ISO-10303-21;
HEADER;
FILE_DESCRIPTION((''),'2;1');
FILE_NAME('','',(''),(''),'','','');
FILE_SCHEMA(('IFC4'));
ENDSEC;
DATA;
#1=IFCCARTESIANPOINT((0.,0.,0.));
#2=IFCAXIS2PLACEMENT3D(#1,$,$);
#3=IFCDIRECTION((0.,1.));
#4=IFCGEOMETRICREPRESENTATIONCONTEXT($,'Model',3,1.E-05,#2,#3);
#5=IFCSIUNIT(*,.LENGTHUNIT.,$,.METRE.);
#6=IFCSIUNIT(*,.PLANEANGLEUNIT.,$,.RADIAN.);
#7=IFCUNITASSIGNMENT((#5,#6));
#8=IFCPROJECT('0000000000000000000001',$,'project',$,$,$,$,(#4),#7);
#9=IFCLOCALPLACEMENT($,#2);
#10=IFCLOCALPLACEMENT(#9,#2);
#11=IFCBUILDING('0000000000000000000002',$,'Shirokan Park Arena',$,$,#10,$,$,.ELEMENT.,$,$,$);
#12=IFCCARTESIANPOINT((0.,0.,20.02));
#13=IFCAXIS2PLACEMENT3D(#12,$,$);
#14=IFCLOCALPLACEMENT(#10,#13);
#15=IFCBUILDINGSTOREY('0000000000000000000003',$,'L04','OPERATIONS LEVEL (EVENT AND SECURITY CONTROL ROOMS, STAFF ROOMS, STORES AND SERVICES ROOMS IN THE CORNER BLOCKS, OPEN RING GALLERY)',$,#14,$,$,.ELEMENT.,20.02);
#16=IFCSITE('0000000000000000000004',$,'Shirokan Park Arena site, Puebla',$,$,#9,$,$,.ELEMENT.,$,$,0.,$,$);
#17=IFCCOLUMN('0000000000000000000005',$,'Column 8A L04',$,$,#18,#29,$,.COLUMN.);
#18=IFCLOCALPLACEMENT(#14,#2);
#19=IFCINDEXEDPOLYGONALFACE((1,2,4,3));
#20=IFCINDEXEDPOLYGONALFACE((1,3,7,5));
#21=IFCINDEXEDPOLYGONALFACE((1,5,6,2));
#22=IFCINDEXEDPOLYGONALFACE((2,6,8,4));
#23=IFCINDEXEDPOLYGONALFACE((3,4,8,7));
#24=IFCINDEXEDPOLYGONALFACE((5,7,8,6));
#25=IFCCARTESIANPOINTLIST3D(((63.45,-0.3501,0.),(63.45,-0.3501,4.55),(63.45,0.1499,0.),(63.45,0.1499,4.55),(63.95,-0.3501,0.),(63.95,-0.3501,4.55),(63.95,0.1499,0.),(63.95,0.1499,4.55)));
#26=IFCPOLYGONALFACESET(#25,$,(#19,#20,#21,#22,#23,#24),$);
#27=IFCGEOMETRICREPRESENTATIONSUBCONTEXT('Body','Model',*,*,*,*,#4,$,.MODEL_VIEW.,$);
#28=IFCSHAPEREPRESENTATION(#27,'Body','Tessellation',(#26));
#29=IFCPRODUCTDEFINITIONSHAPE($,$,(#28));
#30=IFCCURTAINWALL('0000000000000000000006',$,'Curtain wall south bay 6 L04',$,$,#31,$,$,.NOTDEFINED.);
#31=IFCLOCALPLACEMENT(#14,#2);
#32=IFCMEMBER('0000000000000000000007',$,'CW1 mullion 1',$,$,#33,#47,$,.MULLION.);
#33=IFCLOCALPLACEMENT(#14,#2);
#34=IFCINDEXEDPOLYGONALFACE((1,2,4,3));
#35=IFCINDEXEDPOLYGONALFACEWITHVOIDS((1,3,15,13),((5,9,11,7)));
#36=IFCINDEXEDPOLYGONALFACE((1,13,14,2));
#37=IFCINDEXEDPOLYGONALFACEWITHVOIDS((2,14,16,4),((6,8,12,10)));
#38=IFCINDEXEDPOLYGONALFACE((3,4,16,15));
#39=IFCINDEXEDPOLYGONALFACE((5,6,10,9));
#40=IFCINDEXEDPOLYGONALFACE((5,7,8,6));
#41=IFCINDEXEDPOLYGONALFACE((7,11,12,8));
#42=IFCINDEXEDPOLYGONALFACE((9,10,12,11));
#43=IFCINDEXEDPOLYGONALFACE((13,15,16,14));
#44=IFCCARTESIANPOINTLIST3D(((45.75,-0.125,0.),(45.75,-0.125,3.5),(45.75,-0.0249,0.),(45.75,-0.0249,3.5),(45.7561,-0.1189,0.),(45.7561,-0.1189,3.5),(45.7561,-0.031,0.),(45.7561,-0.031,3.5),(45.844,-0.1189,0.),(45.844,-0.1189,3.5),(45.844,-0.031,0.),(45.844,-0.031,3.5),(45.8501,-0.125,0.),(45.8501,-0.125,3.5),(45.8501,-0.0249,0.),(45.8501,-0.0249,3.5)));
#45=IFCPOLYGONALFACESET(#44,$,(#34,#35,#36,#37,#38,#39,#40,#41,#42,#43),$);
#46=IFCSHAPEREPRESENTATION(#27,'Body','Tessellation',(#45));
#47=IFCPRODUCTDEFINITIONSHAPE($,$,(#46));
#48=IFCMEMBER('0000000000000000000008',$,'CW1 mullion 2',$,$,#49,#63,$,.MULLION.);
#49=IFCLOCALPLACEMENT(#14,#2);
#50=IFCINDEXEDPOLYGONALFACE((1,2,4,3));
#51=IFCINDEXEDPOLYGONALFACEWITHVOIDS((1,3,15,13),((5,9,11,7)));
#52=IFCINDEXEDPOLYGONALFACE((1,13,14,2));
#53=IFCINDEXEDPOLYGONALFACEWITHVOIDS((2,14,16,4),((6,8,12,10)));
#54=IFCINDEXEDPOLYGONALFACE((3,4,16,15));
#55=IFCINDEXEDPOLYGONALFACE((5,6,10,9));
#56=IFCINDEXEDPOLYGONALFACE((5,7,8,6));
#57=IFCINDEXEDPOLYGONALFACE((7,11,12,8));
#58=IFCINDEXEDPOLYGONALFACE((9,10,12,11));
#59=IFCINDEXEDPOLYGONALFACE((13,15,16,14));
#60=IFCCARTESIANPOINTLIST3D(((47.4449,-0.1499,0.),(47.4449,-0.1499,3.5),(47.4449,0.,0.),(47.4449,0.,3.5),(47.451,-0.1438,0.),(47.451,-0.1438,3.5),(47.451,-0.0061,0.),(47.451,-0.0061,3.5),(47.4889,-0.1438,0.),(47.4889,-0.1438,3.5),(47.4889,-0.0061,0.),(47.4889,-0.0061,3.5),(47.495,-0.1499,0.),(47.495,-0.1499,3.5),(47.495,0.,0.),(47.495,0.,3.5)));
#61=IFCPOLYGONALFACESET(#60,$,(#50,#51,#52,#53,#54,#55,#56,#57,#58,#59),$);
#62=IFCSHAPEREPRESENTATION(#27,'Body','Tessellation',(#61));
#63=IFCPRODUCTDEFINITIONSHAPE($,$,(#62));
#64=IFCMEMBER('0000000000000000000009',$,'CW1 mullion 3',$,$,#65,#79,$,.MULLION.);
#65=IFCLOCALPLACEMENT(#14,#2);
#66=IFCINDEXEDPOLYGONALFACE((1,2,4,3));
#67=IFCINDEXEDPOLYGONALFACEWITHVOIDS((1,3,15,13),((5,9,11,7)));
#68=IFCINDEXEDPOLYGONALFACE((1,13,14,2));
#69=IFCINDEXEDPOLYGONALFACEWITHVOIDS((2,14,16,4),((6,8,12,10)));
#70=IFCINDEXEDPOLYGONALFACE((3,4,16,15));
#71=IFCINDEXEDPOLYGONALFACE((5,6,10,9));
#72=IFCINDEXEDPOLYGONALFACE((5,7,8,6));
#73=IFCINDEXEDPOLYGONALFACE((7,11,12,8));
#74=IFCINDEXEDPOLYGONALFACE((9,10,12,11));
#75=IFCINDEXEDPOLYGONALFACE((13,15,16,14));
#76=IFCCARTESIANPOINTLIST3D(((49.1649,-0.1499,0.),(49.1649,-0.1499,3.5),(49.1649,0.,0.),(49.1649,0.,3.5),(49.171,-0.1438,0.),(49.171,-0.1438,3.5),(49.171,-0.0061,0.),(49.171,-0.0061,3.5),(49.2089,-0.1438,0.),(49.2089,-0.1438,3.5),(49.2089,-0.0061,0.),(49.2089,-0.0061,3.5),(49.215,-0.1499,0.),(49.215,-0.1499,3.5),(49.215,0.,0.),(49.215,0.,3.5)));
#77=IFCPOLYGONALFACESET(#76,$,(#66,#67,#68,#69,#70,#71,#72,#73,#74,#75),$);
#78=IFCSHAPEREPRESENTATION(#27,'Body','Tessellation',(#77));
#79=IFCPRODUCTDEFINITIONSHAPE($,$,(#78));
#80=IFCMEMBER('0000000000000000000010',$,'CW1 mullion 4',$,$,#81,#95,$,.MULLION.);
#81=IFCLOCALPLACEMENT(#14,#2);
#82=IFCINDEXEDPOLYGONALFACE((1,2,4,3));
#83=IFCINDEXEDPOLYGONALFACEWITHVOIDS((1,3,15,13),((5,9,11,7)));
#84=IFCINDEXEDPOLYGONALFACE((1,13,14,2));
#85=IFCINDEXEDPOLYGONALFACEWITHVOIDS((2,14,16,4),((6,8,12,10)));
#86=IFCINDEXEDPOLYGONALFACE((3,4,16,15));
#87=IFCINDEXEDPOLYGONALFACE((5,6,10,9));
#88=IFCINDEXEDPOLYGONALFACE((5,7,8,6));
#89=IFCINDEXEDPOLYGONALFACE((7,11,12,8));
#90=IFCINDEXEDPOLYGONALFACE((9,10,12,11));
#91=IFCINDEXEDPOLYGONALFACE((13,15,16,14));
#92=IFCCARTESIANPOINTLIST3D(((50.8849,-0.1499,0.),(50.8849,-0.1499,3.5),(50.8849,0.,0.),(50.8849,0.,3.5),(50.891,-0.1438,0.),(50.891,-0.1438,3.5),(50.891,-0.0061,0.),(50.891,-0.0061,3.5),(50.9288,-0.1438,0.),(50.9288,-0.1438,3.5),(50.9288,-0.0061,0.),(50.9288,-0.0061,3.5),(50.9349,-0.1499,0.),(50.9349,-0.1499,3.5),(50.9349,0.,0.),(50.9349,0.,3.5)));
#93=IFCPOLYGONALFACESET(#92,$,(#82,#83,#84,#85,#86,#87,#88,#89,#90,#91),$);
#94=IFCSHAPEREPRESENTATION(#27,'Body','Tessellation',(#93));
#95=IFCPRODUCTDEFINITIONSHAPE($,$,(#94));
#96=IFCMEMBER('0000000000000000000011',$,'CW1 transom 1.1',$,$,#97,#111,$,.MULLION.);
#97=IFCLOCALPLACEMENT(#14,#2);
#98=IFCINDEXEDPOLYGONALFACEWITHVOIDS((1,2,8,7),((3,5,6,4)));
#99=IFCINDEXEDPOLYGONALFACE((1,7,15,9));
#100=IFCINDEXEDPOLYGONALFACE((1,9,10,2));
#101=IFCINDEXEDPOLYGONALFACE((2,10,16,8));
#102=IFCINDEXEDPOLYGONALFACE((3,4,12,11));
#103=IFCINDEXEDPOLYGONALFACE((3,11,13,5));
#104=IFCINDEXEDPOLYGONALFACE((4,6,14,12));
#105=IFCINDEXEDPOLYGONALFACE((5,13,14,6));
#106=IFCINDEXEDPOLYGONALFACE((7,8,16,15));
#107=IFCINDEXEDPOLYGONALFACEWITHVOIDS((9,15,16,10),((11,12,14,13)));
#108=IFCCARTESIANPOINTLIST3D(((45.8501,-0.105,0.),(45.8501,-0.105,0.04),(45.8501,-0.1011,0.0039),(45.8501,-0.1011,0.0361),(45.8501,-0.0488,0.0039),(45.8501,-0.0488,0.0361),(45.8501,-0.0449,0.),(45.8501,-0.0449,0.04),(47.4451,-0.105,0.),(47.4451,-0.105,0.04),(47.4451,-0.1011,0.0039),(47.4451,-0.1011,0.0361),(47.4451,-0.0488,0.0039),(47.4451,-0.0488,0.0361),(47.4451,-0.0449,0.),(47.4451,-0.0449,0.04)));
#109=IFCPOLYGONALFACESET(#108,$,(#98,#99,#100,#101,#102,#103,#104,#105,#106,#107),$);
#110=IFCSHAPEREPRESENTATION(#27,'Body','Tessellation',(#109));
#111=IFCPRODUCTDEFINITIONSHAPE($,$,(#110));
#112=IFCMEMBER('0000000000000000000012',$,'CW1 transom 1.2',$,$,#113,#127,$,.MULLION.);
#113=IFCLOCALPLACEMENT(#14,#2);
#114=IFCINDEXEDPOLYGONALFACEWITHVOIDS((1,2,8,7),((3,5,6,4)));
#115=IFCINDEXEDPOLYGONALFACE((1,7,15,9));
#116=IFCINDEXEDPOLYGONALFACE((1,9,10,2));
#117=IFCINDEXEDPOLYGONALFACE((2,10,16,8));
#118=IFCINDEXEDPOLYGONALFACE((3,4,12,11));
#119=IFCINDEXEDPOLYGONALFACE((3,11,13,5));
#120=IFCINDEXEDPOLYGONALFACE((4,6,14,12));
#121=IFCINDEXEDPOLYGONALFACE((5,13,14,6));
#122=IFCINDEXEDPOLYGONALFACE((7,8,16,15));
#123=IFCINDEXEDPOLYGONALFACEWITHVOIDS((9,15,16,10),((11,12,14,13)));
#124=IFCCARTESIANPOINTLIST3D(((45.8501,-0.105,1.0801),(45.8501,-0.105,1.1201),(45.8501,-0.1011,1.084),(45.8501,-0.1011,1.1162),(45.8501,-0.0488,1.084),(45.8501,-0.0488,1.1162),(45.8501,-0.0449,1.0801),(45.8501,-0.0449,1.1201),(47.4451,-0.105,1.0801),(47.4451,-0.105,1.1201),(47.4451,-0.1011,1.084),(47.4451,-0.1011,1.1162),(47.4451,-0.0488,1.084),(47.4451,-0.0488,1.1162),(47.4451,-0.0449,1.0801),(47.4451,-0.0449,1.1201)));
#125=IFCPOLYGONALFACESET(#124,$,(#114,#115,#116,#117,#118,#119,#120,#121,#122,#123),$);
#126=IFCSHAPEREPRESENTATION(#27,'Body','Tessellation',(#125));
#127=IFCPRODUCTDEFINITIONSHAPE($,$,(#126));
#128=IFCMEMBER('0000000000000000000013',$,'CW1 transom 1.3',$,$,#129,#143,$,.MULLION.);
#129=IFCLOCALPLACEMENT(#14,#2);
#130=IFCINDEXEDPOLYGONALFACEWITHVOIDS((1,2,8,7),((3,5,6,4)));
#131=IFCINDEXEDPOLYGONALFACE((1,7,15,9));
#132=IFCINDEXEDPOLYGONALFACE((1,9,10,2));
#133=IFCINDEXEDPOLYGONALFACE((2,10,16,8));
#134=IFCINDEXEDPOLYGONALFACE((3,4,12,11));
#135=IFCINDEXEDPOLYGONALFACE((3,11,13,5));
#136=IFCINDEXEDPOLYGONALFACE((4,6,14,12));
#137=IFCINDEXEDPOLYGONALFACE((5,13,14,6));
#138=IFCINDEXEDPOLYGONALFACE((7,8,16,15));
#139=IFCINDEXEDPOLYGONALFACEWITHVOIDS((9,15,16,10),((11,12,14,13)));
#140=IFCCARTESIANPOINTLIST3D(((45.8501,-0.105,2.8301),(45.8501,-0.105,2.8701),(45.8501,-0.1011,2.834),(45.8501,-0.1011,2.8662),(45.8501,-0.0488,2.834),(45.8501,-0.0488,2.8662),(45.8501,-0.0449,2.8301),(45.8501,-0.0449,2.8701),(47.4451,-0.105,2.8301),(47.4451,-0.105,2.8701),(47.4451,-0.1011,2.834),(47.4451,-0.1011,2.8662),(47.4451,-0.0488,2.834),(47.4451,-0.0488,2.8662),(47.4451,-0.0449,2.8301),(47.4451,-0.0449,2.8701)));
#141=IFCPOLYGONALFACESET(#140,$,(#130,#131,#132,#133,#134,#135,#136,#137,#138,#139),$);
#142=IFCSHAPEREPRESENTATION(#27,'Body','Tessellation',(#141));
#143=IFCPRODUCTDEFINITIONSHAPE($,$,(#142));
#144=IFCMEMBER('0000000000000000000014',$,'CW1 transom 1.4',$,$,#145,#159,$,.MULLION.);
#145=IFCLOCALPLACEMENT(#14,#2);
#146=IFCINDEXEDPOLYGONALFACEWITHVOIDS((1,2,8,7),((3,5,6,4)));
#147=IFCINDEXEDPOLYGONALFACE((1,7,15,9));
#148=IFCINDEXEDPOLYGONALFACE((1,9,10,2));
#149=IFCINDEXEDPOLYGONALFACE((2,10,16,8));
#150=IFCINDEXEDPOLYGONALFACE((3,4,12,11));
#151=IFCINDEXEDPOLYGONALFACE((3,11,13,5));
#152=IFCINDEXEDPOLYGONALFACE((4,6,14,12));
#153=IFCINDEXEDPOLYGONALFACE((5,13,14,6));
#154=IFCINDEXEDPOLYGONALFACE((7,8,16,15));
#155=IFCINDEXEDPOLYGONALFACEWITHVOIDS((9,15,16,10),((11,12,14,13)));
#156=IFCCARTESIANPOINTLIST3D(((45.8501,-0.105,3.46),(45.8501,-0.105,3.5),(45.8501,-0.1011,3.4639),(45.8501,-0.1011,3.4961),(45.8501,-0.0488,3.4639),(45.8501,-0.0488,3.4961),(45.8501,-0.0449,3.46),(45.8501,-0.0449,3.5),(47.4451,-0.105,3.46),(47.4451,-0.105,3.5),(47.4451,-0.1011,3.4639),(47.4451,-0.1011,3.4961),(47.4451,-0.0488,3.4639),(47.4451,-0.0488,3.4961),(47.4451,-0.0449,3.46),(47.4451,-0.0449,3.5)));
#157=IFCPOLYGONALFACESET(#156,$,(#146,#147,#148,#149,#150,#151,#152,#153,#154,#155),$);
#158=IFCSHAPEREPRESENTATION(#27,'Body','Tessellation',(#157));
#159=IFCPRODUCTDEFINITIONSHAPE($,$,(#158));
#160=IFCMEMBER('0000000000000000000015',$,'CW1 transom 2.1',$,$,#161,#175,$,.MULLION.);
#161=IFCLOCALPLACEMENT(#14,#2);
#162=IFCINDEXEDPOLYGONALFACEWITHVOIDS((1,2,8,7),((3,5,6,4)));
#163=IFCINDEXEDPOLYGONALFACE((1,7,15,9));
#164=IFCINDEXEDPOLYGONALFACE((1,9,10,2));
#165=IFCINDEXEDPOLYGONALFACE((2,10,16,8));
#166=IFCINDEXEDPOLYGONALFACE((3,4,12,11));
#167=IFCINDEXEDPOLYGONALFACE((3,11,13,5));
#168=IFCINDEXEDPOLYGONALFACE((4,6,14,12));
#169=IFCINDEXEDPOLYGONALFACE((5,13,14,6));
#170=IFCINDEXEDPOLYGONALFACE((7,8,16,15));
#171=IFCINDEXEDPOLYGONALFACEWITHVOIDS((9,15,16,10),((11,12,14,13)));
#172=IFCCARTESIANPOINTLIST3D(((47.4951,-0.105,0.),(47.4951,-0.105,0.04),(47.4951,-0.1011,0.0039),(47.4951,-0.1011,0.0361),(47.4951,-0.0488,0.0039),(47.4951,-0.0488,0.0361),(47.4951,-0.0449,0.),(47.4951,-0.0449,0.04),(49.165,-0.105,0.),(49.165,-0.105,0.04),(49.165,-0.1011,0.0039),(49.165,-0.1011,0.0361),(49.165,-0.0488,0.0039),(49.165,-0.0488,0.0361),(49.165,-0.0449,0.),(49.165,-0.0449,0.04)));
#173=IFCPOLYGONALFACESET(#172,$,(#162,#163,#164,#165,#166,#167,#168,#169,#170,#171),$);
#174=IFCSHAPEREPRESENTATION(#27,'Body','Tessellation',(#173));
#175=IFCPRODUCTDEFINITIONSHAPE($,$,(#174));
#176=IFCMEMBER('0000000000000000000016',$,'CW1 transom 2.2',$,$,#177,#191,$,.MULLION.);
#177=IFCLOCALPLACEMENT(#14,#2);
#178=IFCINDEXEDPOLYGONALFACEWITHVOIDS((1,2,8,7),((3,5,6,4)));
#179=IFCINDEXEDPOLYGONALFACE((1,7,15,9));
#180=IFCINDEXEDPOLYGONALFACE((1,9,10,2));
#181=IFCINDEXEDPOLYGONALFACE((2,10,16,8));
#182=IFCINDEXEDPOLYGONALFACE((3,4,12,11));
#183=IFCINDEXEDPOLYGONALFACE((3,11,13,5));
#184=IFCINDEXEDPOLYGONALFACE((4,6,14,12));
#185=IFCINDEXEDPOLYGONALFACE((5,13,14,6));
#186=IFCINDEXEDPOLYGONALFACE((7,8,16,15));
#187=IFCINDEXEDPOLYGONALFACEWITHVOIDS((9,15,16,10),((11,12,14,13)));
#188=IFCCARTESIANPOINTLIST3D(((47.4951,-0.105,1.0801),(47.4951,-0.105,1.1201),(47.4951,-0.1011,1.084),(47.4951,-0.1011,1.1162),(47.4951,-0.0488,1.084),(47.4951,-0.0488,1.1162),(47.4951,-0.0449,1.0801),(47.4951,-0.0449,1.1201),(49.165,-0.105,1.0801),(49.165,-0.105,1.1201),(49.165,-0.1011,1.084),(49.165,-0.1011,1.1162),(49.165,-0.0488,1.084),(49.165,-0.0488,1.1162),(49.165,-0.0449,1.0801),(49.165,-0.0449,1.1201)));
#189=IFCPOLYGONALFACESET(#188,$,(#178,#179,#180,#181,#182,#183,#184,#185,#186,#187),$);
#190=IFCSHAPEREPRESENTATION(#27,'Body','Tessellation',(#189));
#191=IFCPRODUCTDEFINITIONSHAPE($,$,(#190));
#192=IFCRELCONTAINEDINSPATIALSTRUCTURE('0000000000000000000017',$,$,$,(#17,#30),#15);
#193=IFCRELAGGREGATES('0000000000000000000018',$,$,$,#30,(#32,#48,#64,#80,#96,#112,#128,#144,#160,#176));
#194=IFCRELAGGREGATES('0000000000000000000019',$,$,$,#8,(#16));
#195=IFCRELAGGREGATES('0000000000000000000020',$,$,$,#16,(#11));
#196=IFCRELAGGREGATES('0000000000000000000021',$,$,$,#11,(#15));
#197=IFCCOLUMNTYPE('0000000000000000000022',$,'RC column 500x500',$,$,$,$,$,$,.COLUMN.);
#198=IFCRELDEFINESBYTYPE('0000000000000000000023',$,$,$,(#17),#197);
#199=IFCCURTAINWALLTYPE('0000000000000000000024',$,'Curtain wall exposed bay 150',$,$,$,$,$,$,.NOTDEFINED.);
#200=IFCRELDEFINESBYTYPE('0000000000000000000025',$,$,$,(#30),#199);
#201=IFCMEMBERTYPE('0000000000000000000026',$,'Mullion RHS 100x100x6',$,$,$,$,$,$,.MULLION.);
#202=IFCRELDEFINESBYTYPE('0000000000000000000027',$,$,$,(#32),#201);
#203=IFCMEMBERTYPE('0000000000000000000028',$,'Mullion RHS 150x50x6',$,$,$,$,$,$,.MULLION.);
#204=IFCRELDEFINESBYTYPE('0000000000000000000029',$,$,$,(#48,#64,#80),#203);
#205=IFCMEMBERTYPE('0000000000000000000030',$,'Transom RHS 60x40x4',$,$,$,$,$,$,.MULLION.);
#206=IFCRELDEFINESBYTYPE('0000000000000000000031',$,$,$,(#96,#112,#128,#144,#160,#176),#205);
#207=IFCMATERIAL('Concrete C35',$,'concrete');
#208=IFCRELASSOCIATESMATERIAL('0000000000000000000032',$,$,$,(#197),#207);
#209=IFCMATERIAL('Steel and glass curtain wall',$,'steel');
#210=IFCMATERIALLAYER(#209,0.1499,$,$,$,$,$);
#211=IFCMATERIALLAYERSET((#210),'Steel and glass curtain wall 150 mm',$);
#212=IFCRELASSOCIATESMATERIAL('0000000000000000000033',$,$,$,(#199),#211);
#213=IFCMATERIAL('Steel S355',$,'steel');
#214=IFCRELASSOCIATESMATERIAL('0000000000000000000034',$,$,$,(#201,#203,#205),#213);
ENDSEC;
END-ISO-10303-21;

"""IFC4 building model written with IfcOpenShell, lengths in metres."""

from ifc_helpers import new_model, si_unit, direction, frame, origin, origin_2d, place, context, subcontext, project, spatial, rectangle, hollow_rectangle, extrude, material, layer, layer_set, material_profile, profile_set, type_object, element, aggregate, save


model = new_model("IFC4")

# Units and contexts
model_context = context("Model", 3, precision=1e-05, world=origin(), true_north=direction((0.0, 1.0)))
body_context = subcontext(model_context, "Body", "Model", "MODEL_VIEW")
ifc_project = project(units=[si_unit("LENGTHUNIT", "METRE"), si_unit("PLANEANGLEUNIT", "RADIAN")], contexts=[model_context])

# Site, building, storey
site_placement = place(None, origin())
site = spatial("IfcSite", under=ifc_project, at=site_placement, Name="Shirokan Park Arena site, Puebla", CompositionType="ELEMENT", RefElevation=0.0)
building_placement = place(site_placement, origin())
building = spatial("IfcBuilding", under=site, at=building_placement, Name="Shirokan Park Arena", CompositionType="ELEMENT")
storey_placement = place(building_placement, frame((0.0, 0.0, 20.02)))
storey = spatial("IfcBuildingStorey", under=building, at=storey_placement, Name="L04", Description="OPERATIONS LEVEL (EVENT AND SECURITY CONTROL ROOMS, STAFF ROOMS, STORES AND SERVICES ROOMS IN THE CORNER BLOCKS, OPEN RING GALLERY)", CompositionType="ELEMENT", Elevation=20.02)

# Column
ifc_material_1 = material(Name="Concrete C35", Category="concrete")
ifc_material_profile_1 = material_profile(ifc_material_1, rectangle(XDim=0.5, YDim=0.5, at=origin_2d()), Name="500x500")
ifc_profile_set_1 = profile_set([ifc_material_profile_1], Name="Concrete C35")
column_type = type_object("IfcColumnType", Name="RC column 500x500", PredefinedType="COLUMN", material=ifc_profile_set_1)
column_placement = place(storey_placement, frame((63.7, -0.1001, 0.0), z_axis=(0.0, 0.0, 1.0), x_axis=(1.0, 0.0, 0.0)))
element("IfcColumn", 1, at=column_placement, inside=storey, type_object=column_type, Name="Column 8A L04", PredefinedType="COLUMN", context=body_context, shape_type="SweptSolid", body=[
    extrude(rectangle(XDim=0.5, YDim=0.5, at=origin_2d()), origin(), (0.0, 0.0, 1.0), 4.55),
])

# Curtain wall, members
ifc_material_2 = material(Name="Steel and glass curtain wall", Category="steel")
ifc_layer_1 = layer(ifc_material_2, 0.1499)
ifc_layer_set_1 = layer_set([ifc_layer_1], Name="Steel and glass curtain wall 150 mm")
curtain_wall_type = type_object("IfcCurtainWallType", Name="Curtain wall exposed bay 150", PredefinedType="NOTDEFINED", material=ifc_layer_set_1)
curtain_wall_placement = place(storey_placement, origin())
curtain_wall = element("IfcCurtainWall", 2, at=curtain_wall_placement, inside=storey, type_object=curtain_wall_type, Name="Curtain wall south bay 6 L04", PredefinedType="NOTDEFINED")
ifc_material_3 = material(Name="Steel S355", Category="steel")
ifc_material_profile_2 = material_profile(ifc_material_3, hollow_rectangle(XDim=0.1001, YDim=0.1001, WallThickness=0.0061, at=origin_2d()), Name="RHS 100x100x6")
ifc_profile_set_2 = profile_set([ifc_material_profile_2], Name="Steel S355")
member_type_1 = type_object("IfcMemberType", Name="Mullion RHS 100x100x6", PredefinedType="MULLION", material=ifc_profile_set_2)
member_1_placement = place(storey_placement, frame((45.8, -0.075, 0.0), z_axis=(0.0, 0.0, 1.0), x_axis=(0.0, 1.0, 0.0)))
member_1 = element("IfcMember", 3, at=member_1_placement, type_object=member_type_1, Name="CW1 mullion 1", PredefinedType="MULLION", context=body_context, shape_type="SweptSolid", body=[
    extrude(hollow_rectangle(XDim=0.1001, YDim=0.1001, WallThickness=0.0061, at=origin_2d()), origin(), (0.0, 0.0, 1.0), 3.5),
])
ifc_material_profile_3 = material_profile(ifc_material_3, hollow_rectangle(XDim=0.1499, YDim=0.05, WallThickness=0.0061, at=origin_2d()), Name="RHS 150x50x6")
ifc_profile_set_3 = profile_set([ifc_material_profile_3], Name="Steel S355")
member_type_2 = type_object("IfcMemberType", Name="Mullion RHS 150x50x6", PredefinedType="MULLION", material=ifc_profile_set_3)
member_2_placement = place(storey_placement, frame((47.47, -0.075, 0.0), z_axis=(0.0, 0.0, 1.0), x_axis=(0.0, 1.0, 0.0)))
member_2 = element("IfcMember", 4, at=member_2_placement, type_object=member_type_2, Name="CW1 mullion 2", PredefinedType="MULLION", context=body_context, shape_type="SweptSolid", body=[
    extrude(hollow_rectangle(XDim=0.1499, YDim=0.05, WallThickness=0.0061, at=origin_2d()), origin(), (0.0, 0.0, 1.0), 3.5),
])
member_3_placement = place(storey_placement, frame((49.1899, -0.075, 0.0), z_axis=(0.0, 0.0, 1.0), x_axis=(0.0, 1.0, 0.0)))
member_3 = element("IfcMember", 5, at=member_3_placement, type_object=member_type_2, Name="CW1 mullion 3", PredefinedType="MULLION", context=body_context, shape_type="SweptSolid", body=[
    extrude(hollow_rectangle(XDim=0.1499, YDim=0.05, WallThickness=0.0061, at=origin_2d()), origin(), (0.0, 0.0, 1.0), 3.5),
])
member_4_placement = place(storey_placement, frame((50.9099, -0.075, 0.0), z_axis=(0.0, 0.0, 1.0), x_axis=(0.0, 1.0, 0.0)))
member_4 = element("IfcMember", 6, at=member_4_placement, type_object=member_type_2, Name="CW1 mullion 4", PredefinedType="MULLION", context=body_context, shape_type="SweptSolid", body=[
    extrude(hollow_rectangle(XDim=0.1499, YDim=0.05, WallThickness=0.0061, at=origin_2d()), origin(), (0.0, 0.0, 1.0), 3.5),
])
ifc_material_profile_4 = material_profile(ifc_material_3, hollow_rectangle(XDim=0.0601, YDim=0.04, WallThickness=0.0039, at=origin_2d()), Name="RHS 60x40x4")
ifc_profile_set_4 = profile_set([ifc_material_profile_4], Name="Steel S355")
member_type_3 = type_object("IfcMemberType", Name="Transom RHS 60x40x4", PredefinedType="MULLION", material=ifc_profile_set_4)
member_5_placement = place(storey_placement, frame((45.8501, -0.075, 0.02), z_axis=(1.0, 0.0, 0.0), x_axis=(0.0, 1.0, 0.0)))
member_5 = element("IfcMember", 7, at=member_5_placement, type_object=member_type_3, Name="CW1 transom 1.1", PredefinedType="MULLION", context=body_context, shape_type="SweptSolid", body=[
    extrude(hollow_rectangle(XDim=0.0601, YDim=0.04, WallThickness=0.0039, at=origin_2d()), origin(), (0.0, 0.0, 1.0), 1.595),
])
member_6_placement = place(storey_placement, frame((45.8501, -0.075, 1.1001), z_axis=(1.0, 0.0, 0.0), x_axis=(0.0, 1.0, 0.0)))
member_6 = element("IfcMember", 8, at=member_6_placement, type_object=member_type_3, Name="CW1 transom 1.2", PredefinedType="MULLION", context=body_context, shape_type="SweptSolid", body=[
    extrude(hollow_rectangle(XDim=0.0601, YDim=0.04, WallThickness=0.0039, at=origin_2d()), origin(), (0.0, 0.0, 1.0), 1.595),
])
member_7_placement = place(storey_placement, frame((45.8501, -0.075, 2.8501), z_axis=(1.0, 0.0, 0.0), x_axis=(0.0, 1.0, 0.0)))
member_7 = element("IfcMember", 9, at=member_7_placement, type_object=member_type_3, Name="CW1 transom 1.3", PredefinedType="MULLION", context=body_context, shape_type="SweptSolid", body=[
    extrude(hollow_rectangle(XDim=0.0601, YDim=0.04, WallThickness=0.0039, at=origin_2d()), origin(), (0.0, 0.0, 1.0), 1.595),
])
member_8_placement = place(storey_placement, frame((45.8501, -0.075, 3.48), z_axis=(1.0, 0.0, 0.0), x_axis=(0.0, 1.0, 0.0)))
member_8 = element("IfcMember", 10, at=member_8_placement, type_object=member_type_3, Name="CW1 transom 1.4", PredefinedType="MULLION", context=body_context, shape_type="SweptSolid", body=[
    extrude(hollow_rectangle(XDim=0.0601, YDim=0.04, WallThickness=0.0039, at=origin_2d()), origin(), (0.0, 0.0, 1.0), 1.595),
])
member_9_placement = place(storey_placement, frame((47.4951, -0.075, 0.02), z_axis=(1.0, 0.0, 0.0), x_axis=(0.0, 1.0, 0.0)))
member_9 = element("IfcMember", 11, at=member_9_placement, type_object=member_type_3, Name="CW1 transom 2.1", PredefinedType="MULLION", context=body_context, shape_type="SweptSolid", body=[
    extrude(hollow_rectangle(XDim=0.0601, YDim=0.04, WallThickness=0.0039, at=origin_2d()), origin(), (0.0, 0.0, 1.0), 1.6699),
])
member_10_placement = place(storey_placement, frame((47.4951, -0.075, 1.1001), z_axis=(1.0, 0.0, 0.0), x_axis=(0.0, 1.0, 0.0)))
member_10 = element("IfcMember", 12, at=member_10_placement, type_object=member_type_3, Name="CW1 transom 2.2", PredefinedType="MULLION", context=body_context, shape_type="SweptSolid", body=[
    extrude(hollow_rectangle(XDim=0.0601, YDim=0.04, WallThickness=0.0039, at=origin_2d()), origin(), (0.0, 0.0, 1.0), 1.6699),
])
aggregate(curtain_wall, [member_1, member_2, member_3, member_4, member_5, member_6, member_7, member_8, member_9, member_10])

save(model, "model.ifc")
